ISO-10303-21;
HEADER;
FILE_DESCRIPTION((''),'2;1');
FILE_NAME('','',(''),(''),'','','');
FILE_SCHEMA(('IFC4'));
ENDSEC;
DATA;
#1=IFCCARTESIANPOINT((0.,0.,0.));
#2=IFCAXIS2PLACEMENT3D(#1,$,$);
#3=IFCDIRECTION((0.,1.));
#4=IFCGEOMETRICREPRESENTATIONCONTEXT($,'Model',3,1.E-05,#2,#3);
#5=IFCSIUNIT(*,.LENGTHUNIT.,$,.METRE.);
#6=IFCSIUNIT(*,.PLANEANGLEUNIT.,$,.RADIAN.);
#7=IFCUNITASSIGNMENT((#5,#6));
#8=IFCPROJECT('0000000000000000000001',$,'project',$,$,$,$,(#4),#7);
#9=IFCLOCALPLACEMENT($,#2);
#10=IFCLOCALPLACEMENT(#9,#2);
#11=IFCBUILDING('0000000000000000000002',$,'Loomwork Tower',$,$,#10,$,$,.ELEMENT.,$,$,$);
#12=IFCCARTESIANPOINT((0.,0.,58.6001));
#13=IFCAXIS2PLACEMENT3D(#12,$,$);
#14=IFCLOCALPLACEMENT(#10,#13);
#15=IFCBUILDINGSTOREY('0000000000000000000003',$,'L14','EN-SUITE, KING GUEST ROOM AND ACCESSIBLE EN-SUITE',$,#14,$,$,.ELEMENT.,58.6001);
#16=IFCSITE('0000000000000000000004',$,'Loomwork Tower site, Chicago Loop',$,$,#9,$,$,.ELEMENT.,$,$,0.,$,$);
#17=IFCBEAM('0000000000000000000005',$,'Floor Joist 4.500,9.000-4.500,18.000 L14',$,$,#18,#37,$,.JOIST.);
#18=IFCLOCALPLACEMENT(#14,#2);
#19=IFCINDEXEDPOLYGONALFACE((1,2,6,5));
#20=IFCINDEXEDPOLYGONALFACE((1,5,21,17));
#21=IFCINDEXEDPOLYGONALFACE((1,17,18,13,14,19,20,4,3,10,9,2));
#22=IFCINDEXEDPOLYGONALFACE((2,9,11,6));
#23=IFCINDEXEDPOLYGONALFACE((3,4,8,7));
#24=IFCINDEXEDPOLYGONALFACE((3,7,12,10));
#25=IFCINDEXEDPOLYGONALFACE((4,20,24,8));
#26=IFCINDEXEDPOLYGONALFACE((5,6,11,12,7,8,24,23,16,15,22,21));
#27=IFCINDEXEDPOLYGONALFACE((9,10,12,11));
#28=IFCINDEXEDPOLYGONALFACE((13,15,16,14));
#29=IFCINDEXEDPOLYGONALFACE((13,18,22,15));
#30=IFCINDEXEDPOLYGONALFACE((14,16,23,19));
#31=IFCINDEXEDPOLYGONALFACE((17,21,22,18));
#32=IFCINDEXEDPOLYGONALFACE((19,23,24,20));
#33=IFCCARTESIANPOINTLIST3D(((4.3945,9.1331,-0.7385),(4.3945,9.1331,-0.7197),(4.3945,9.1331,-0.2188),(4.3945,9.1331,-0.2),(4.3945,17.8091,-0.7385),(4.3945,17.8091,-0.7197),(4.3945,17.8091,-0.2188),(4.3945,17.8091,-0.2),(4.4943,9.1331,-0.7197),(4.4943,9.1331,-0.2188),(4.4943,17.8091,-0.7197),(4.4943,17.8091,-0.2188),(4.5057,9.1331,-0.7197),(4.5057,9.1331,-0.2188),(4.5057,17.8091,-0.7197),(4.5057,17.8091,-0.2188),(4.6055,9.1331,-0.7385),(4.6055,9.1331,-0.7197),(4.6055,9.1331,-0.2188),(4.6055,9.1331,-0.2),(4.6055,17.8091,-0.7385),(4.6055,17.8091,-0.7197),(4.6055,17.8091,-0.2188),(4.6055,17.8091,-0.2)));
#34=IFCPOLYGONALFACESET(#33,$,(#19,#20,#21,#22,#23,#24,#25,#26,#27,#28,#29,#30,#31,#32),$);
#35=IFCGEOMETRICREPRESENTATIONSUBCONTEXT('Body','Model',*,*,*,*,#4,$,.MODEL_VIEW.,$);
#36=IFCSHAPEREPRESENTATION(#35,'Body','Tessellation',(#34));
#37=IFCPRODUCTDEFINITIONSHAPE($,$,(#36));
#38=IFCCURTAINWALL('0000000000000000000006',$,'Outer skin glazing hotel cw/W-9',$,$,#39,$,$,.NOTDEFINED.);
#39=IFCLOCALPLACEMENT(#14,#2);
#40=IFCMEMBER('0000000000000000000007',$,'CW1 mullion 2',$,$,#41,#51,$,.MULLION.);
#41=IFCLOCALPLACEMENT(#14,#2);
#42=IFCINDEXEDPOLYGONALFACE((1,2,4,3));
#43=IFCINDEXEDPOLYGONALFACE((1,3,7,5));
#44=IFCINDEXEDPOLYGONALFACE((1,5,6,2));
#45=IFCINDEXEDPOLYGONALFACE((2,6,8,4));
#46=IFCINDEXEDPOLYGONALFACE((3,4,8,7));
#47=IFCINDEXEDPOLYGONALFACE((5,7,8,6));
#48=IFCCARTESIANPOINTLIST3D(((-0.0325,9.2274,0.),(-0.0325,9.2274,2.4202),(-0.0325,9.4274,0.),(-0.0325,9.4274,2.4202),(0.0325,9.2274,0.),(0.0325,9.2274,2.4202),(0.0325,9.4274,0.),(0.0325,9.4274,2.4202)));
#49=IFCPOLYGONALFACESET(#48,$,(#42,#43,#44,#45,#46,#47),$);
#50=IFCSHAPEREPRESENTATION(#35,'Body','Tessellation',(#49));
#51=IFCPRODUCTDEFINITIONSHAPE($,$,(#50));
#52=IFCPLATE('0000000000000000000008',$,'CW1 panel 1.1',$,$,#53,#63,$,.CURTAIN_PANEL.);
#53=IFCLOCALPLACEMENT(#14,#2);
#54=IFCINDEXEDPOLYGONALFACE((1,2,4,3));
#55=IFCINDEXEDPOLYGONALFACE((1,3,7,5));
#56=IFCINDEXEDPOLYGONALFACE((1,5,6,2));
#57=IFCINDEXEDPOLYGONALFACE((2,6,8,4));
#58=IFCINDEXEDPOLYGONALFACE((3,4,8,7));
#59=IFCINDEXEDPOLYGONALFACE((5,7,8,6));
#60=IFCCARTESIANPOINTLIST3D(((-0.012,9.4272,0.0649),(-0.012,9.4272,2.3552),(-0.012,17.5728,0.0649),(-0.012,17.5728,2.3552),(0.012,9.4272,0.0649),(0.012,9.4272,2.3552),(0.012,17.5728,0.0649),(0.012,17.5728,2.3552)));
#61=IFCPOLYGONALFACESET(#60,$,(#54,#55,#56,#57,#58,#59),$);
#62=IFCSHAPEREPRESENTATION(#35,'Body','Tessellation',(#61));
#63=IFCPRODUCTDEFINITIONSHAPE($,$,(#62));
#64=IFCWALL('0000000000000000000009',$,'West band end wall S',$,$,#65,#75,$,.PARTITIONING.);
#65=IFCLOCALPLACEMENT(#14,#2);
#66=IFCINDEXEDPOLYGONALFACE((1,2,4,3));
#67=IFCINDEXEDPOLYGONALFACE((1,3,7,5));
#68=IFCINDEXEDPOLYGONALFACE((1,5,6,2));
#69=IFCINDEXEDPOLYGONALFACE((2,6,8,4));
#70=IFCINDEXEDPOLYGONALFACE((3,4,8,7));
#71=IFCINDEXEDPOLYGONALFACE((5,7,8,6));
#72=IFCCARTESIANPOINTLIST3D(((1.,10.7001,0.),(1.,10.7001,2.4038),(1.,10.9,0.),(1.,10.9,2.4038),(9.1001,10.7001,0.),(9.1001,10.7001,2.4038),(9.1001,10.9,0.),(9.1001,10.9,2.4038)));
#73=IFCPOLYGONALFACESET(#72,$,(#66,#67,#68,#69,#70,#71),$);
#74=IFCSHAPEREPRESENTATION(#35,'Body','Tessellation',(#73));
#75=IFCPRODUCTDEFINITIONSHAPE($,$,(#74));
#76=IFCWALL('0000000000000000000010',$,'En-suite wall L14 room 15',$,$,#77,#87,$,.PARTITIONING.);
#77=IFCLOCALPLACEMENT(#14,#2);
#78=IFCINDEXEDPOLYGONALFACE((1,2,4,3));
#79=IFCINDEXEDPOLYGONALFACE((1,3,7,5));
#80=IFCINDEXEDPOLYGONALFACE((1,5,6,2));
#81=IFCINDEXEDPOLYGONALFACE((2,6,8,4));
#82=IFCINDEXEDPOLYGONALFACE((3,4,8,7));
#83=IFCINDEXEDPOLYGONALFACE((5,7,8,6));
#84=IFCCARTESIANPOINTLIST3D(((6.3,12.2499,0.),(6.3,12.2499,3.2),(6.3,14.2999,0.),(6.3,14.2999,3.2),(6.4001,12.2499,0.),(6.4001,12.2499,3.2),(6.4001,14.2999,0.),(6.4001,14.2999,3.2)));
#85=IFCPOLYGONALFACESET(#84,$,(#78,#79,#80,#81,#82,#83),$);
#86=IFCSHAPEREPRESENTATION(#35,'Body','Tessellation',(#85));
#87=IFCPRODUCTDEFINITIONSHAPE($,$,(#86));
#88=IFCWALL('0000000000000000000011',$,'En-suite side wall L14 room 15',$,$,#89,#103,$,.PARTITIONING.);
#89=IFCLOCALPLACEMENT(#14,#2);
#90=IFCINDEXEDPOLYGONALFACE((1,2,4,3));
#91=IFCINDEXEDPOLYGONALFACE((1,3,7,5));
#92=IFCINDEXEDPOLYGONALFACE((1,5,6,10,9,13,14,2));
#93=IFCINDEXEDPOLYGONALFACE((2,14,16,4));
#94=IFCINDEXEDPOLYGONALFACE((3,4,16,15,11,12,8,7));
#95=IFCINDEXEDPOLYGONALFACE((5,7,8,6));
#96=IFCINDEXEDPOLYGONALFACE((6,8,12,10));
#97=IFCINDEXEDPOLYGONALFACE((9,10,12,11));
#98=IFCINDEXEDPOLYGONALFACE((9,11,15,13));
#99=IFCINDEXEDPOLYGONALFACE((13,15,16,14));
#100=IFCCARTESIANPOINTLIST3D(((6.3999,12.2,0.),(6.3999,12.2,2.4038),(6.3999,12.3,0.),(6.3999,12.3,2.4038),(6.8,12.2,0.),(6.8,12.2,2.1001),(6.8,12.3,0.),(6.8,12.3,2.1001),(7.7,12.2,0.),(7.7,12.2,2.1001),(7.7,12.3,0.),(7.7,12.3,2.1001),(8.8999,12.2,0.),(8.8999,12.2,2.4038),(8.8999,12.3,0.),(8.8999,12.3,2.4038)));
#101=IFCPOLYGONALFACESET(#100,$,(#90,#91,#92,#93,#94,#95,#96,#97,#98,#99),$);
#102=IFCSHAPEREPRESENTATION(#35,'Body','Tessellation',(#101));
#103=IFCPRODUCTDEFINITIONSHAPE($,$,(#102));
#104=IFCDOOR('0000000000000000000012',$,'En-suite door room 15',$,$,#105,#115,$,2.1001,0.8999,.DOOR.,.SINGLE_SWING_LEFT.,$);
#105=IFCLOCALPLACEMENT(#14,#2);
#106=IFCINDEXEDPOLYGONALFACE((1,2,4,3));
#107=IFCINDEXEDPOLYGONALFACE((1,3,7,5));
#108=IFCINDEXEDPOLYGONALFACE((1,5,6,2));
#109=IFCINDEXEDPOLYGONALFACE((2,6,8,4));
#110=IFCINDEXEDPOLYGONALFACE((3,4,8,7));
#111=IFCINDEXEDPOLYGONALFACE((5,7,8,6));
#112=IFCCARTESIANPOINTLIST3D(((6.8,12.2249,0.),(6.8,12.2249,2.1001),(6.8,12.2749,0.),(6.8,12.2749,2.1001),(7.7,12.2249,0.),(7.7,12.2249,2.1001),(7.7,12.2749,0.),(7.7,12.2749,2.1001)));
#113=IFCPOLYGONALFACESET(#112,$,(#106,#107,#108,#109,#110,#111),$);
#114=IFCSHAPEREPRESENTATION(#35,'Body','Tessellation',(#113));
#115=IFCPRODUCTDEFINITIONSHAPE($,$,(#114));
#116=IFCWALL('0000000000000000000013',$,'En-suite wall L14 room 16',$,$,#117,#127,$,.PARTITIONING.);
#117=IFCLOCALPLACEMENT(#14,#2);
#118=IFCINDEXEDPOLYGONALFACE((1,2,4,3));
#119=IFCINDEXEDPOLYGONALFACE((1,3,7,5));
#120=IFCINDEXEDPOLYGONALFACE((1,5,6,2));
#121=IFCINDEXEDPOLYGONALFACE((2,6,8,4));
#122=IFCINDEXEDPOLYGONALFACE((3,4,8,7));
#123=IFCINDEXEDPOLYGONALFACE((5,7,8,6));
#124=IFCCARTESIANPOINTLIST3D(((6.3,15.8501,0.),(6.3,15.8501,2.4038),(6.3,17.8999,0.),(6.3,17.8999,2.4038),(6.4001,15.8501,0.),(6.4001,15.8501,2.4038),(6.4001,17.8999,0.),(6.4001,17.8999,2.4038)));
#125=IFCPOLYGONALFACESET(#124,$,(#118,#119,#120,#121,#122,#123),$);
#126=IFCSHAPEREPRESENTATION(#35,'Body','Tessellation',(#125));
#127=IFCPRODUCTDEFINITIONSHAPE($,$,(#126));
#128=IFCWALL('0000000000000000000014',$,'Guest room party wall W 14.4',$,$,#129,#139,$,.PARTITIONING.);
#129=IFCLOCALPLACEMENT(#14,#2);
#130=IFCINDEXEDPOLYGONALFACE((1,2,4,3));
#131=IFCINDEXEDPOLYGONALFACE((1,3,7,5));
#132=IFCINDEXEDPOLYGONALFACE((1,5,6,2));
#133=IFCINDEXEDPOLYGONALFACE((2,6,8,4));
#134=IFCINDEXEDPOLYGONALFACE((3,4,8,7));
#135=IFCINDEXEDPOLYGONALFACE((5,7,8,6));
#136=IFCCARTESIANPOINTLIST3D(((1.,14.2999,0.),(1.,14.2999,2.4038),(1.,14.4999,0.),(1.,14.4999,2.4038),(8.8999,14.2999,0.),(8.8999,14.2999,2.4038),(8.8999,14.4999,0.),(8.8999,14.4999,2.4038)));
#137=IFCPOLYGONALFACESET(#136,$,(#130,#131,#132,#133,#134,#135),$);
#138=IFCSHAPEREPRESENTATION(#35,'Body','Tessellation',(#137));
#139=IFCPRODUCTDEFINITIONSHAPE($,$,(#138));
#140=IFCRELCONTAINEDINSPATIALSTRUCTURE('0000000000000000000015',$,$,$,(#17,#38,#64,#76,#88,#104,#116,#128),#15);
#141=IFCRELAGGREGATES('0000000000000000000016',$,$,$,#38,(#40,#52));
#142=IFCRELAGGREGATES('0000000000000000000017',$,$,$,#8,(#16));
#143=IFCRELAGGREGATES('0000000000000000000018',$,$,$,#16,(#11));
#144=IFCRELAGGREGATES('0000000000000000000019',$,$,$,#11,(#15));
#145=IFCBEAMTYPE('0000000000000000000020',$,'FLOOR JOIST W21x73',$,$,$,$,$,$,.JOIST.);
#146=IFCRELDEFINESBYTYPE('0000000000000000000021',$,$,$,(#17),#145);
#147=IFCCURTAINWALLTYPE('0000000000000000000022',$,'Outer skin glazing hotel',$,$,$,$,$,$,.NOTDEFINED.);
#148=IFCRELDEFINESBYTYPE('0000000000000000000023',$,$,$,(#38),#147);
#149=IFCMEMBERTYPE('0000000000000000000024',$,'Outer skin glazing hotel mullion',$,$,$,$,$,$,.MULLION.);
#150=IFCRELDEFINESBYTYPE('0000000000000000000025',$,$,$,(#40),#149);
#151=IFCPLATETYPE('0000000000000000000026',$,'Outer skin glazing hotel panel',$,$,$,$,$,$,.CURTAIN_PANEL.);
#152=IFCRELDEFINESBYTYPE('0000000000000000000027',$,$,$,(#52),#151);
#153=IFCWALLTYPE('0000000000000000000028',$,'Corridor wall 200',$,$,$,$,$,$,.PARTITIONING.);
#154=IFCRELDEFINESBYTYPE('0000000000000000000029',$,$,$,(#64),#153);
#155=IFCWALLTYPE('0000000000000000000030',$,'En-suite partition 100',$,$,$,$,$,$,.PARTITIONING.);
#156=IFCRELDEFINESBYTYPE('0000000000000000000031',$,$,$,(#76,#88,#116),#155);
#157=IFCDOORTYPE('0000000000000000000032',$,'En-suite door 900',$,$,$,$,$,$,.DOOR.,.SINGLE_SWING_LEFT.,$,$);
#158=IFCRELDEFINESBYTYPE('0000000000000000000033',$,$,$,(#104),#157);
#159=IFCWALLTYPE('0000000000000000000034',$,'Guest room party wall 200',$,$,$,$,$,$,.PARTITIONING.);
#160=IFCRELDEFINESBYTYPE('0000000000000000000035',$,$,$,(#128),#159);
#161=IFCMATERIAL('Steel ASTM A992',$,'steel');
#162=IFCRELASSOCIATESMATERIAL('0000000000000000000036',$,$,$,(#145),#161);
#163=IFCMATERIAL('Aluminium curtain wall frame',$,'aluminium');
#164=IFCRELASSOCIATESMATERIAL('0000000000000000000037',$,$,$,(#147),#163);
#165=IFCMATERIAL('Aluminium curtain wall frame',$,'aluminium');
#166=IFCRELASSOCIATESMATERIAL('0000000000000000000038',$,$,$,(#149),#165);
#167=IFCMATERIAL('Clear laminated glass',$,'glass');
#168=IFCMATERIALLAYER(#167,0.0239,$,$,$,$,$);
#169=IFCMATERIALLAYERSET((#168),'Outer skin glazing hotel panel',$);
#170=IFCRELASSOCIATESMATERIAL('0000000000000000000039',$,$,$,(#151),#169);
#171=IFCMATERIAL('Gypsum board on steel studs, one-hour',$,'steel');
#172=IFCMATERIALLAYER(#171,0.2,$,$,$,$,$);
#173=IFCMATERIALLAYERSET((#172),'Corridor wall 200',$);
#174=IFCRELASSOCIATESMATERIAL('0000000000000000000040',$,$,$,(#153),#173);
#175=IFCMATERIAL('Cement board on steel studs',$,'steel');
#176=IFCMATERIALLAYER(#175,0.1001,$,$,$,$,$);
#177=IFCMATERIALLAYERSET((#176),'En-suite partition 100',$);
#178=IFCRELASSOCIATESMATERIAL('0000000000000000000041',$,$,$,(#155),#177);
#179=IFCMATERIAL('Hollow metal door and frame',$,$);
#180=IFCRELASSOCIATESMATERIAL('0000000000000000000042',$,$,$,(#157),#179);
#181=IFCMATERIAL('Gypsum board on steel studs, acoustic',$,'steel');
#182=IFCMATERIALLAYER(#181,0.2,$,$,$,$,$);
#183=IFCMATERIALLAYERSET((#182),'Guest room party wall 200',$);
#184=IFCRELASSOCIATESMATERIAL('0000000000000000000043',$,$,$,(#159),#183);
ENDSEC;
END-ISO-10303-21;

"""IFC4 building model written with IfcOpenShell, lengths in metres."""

from ifc_helpers import new_model, si_unit, direction, frame, frame_2d, origin, origin_2d, place, context, subcontext, project, spatial, rectangle, i_section, extrude, material, layer, layer_set, material_profile, profile_set, type_object, element, fill, aggregate, save


model = new_model("IFC4")

# Units and contexts
model_context = context("Model", 3, precision=1e-05, world=origin(), true_north=direction((0.0, 1.0)))
body_context = subcontext(model_context, "Body", "Model", "MODEL_VIEW")
ifc_project = project(units=[si_unit("LENGTHUNIT", "METRE"), si_unit("PLANEANGLEUNIT", "RADIAN")], contexts=[model_context])

# Site, building, storey
site_placement = place(None, origin())
site = spatial("IfcSite", under=ifc_project, at=site_placement, Name="Loomwork Tower site, Chicago Loop", CompositionType="ELEMENT", RefElevation=0.0)
building_placement = place(site_placement, origin())
building = spatial("IfcBuilding", under=site, at=building_placement, Name="Loomwork Tower", CompositionType="ELEMENT")
storey_placement = place(building_placement, frame((0.0, 0.0, 58.6001)))
storey = spatial("IfcBuildingStorey", under=building, at=storey_placement, Name="L14", Description="EN-SUITE, KING GUEST ROOM AND ACCESSIBLE EN-SUITE", CompositionType="ELEMENT", Elevation=58.6001)

# Beam
ifc_material_1 = material(Name="Steel ASTM A992", Category="steel")
ifc_material_profile_1 = material_profile(ifc_material_1, i_section(OverallWidth=0.2109, OverallDepth=0.5386, WebThickness=0.0115, FlangeThickness=0.0188, at=origin_2d()), Name="W21x73")
ifc_profile_set_1 = profile_set([ifc_material_profile_1], Name="Steel ASTM A992")
beam_type = type_object("IfcBeamType", Name="FLOOR JOIST W21x73", PredefinedType="JOIST", material=ifc_profile_set_1)
beam_placement = place(storey_placement, frame((4.5, 9.1331, -0.4692), z_axis=(0.0, 1.0, 0.0), x_axis=(-1.0, 0.0, 0.0)))
element("IfcBeam", 1, at=beam_placement, inside=storey, type_object=beam_type, Name="Floor Joist 4.500,9.000-4.500,18.000 L14", PredefinedType="JOIST", context=body_context, shape_type="SweptSolid", body=[
    extrude(i_section(OverallWidth=0.2109, OverallDepth=0.5386, WebThickness=0.0115, FlangeThickness=0.0188, at=origin_2d()), origin(), (0.0, 0.0, 1.0), 8.676),
])

# Curtain wall, member, plate
ifc_material_2 = material(Name="Aluminium curtain wall frame", Category="aluminium")
curtain_wall_type = type_object("IfcCurtainWallType", Name="Outer skin glazing hotel", PredefinedType="NOTDEFINED", material=ifc_material_2)
curtain_wall_placement = place(storey_placement, origin())
curtain_wall = element("IfcCurtainWall", 2, at=curtain_wall_placement, inside=storey, type_object=curtain_wall_type, Name="Outer skin glazing hotel cw/W-9", PredefinedType="NOTDEFINED")
ifc_material_3 = material(Name="Aluminium curtain wall frame", Category="aluminium")
ifc_material_profile_2 = material_profile(ifc_material_3, rectangle(XDim=0.0649, YDim=0.2, at=origin_2d()), Name="AL 65x200")
ifc_profile_set_2 = profile_set([ifc_material_profile_2], Name="Aluminium curtain wall frame")
member_type = type_object("IfcMemberType", Name="Outer skin glazing hotel mullion", PredefinedType="MULLION", material=ifc_profile_set_2)
member_placement = place(storey_placement, frame((0.0, 9.3274, 0.0), z_axis=(0.0, 0.0, 1.0), x_axis=(1.0, 0.0, 0.0)))
member = element("IfcMember", 3, at=member_placement, type_object=member_type, Name="CW1 mullion 2", PredefinedType="MULLION", context=body_context, shape_type="SweptSolid", body=[
    extrude(rectangle(XDim=0.0649, YDim=0.2, at=origin_2d()), origin(), (0.0, 0.0, 1.0), 2.4202),
])
ifc_material_4 = material(Name="Clear laminated glass", Category="glass")
ifc_layer_1 = layer(ifc_material_4, 0.0239)
ifc_layer_set_1 = layer_set([ifc_layer_1], Name="Outer skin glazing hotel panel")
plate_type = type_object("IfcPlateType", Name="Outer skin glazing hotel panel", PredefinedType="CURTAIN_PANEL", material=ifc_layer_set_1)
plate_placement = place(storey_placement, frame((0.0, 13.5, 0.0649), z_axis=(0.0, 0.0, 1.0), x_axis=(0.0, -1.0, 0.0)))
plate = element("IfcPlate", 4, at=plate_placement, type_object=plate_type, Name="CW1 panel 1.1", PredefinedType="CURTAIN_PANEL", context=body_context, shape_type="SweptSolid", body=[
    extrude(rectangle(XDim=8.1455, YDim=0.0239, at=origin_2d()), origin(), (0.0, 0.0, 1.0), 2.2903),
])
aggregate(curtain_wall, [member, plate])

# Walls
ifc_material_5 = material(Name="Gypsum board on steel studs, one-hour", Category="steel")
ifc_layer_2 = layer(ifc_material_5, 0.2)
ifc_layer_set_2 = layer_set([ifc_layer_2], Name="Corridor wall 200")
wall_type_1 = type_object("IfcWallType", Name="Corridor wall 200", PredefinedType="PARTITIONING", material=ifc_layer_set_2)
wall_1_placement = place(storey_placement, frame((1.0, 10.8, 0.0), z_axis=(0.0, 0.0, 1.0), x_axis=(1.0, 0.0, 0.0)))
element("IfcWall", 5, at=wall_1_placement, inside=storey, type_object=wall_type_1, Name="West band end wall S", PredefinedType="PARTITIONING", context=body_context, shape_type="SweptSolid", body=[
    extrude(rectangle(XDim=8.1001, YDim=0.2, at=frame_2d((4.05, 0.0))), origin(), (0.0, 0.0, 1.0), 2.4038),
])
ifc_material_6 = material(Name="Cement board on steel studs", Category="steel")
ifc_layer_3 = layer(ifc_material_6, 0.1001)
ifc_layer_set_3 = layer_set([ifc_layer_3], Name="En-suite partition 100")
wall_type_2 = type_object("IfcWallType", Name="En-suite partition 100", PredefinedType="PARTITIONING", material=ifc_layer_set_3)
wall_2_placement = place(storey_placement, frame((6.3501, 12.25, 0.0), z_axis=(0.0, 0.0, 1.0), x_axis=(0.0, 1.0, 0.0)))
element("IfcWall", 6, at=wall_2_placement, inside=storey, type_object=wall_type_2, Name="En-suite wall L14 room 15", PredefinedType="PARTITIONING", context=body_context, shape_type="SweptSolid", body=[
    extrude(rectangle(XDim=2.05, YDim=0.1001, at=frame_2d((1.0249, 0.0))), origin(), (0.0, 0.0, 1.0), 3.2),
])

# Wall, opening, door
wall_3_placement = place(storey_placement, frame((8.8999, 12.25, 0.0), z_axis=(0.0, 0.0, 1.0), x_axis=(-1.0, 0.0, 0.0)))
wall_3 = element("IfcWall", 7, at=wall_3_placement, inside=storey, type_object=wall_type_2, Name="En-suite side wall L14 room 15", PredefinedType="PARTITIONING", context=body_context, shape_type="SweptSolid", body=[
    extrude(rectangle(XDim=2.5, YDim=0.1001, at=frame_2d((1.25, 0.0))), origin(), (0.0, 0.0, 1.0), 2.4038),
])
opening_1_placement = place(wall_3_placement, frame((1.2, 0.0, 0.0)))
opening_1 = element("IfcOpeningElement", 8, at=opening_1_placement, cuts=wall_3, PredefinedType="OPENING", context=body_context, shape_type="SweptSolid", body=[
    extrude(rectangle(XDim=0.8999, YDim=2.1001, at=frame_2d((0.45, 1.05))), frame((0.0, 0.0601, 0.0), z_axis=(0.0, -1.0, 0.0), x_axis=(1.0, 0.0, 0.0)), (0.0, 0.0, 1.0), 0.1201),
])
ifc_material_7 = material(Name="Hollow metal door and frame")
door_type = type_object("IfcDoorType", Name="En-suite door 900", OperationType="SINGLE_SWING_LEFT", PredefinedType="DOOR", material=ifc_material_7)
door_placement = place(opening_1_placement, frame((0.8999, 0.0, 0.0), z_axis=(0.0, 0.0, 1.0), x_axis=(-1.0, 0.0, 0.0)))
door = element("IfcDoor", 9, at=door_placement, inside=storey, type_object=door_type, Name="En-suite door room 15", OperationType="SINGLE_SWING_LEFT", OverallHeight=2.1001, OverallWidth=0.8999, PredefinedType="DOOR", context=body_context, shape_type="SweptSolid", body=[
    extrude(rectangle(XDim=0.8999, YDim=2.1001, at=frame_2d((0.45, 1.05))), frame((0.0, 0.0249, 0.0), z_axis=(0.0, -1.0, 0.0), x_axis=(1.0, 0.0, 0.0)), (0.0, 0.0, 1.0), 0.05),
])
fill(opening_1, door)

# Walls
wall_4_placement = place(storey_placement, frame((6.3501, 15.8501, 0.0), z_axis=(0.0, 0.0, 1.0), x_axis=(0.0, 1.0, 0.0)))
element("IfcWall", 10, at=wall_4_placement, inside=storey, type_object=wall_type_2, Name="En-suite wall L14 room 16", PredefinedType="PARTITIONING", context=body_context, shape_type="SweptSolid", body=[
    extrude(rectangle(XDim=2.0498, YDim=0.1001, at=frame_2d((1.0249, 0.0))), origin(), (0.0, 0.0, 1.0), 2.4038),
])
ifc_material_8 = material(Name="Gypsum board on steel studs, acoustic", Category="steel")
ifc_layer_4 = layer(ifc_material_8, 0.2)
ifc_layer_set_4 = layer_set([ifc_layer_4], Name="Guest room party wall 200")
wall_type_3 = type_object("IfcWallType", Name="Guest room party wall 200", PredefinedType="PARTITIONING", material=ifc_layer_set_4)
wall_5_placement = place(storey_placement, frame((8.8999, 14.3999, 0.0), z_axis=(0.0, 0.0, 1.0), x_axis=(-1.0, 0.0, 0.0)))
element("IfcWall", 11, at=wall_5_placement, inside=storey, type_object=wall_type_3, Name="Guest room party wall W 14.4", PredefinedType="PARTITIONING", context=body_context, shape_type="SweptSolid", body=[
    extrude(rectangle(XDim=7.8999, YDim=0.2, at=frame_2d((3.95, 0.0))), origin(), (0.0, 0.0, 1.0), 2.4038),
])

save(model, "model.ifc")
